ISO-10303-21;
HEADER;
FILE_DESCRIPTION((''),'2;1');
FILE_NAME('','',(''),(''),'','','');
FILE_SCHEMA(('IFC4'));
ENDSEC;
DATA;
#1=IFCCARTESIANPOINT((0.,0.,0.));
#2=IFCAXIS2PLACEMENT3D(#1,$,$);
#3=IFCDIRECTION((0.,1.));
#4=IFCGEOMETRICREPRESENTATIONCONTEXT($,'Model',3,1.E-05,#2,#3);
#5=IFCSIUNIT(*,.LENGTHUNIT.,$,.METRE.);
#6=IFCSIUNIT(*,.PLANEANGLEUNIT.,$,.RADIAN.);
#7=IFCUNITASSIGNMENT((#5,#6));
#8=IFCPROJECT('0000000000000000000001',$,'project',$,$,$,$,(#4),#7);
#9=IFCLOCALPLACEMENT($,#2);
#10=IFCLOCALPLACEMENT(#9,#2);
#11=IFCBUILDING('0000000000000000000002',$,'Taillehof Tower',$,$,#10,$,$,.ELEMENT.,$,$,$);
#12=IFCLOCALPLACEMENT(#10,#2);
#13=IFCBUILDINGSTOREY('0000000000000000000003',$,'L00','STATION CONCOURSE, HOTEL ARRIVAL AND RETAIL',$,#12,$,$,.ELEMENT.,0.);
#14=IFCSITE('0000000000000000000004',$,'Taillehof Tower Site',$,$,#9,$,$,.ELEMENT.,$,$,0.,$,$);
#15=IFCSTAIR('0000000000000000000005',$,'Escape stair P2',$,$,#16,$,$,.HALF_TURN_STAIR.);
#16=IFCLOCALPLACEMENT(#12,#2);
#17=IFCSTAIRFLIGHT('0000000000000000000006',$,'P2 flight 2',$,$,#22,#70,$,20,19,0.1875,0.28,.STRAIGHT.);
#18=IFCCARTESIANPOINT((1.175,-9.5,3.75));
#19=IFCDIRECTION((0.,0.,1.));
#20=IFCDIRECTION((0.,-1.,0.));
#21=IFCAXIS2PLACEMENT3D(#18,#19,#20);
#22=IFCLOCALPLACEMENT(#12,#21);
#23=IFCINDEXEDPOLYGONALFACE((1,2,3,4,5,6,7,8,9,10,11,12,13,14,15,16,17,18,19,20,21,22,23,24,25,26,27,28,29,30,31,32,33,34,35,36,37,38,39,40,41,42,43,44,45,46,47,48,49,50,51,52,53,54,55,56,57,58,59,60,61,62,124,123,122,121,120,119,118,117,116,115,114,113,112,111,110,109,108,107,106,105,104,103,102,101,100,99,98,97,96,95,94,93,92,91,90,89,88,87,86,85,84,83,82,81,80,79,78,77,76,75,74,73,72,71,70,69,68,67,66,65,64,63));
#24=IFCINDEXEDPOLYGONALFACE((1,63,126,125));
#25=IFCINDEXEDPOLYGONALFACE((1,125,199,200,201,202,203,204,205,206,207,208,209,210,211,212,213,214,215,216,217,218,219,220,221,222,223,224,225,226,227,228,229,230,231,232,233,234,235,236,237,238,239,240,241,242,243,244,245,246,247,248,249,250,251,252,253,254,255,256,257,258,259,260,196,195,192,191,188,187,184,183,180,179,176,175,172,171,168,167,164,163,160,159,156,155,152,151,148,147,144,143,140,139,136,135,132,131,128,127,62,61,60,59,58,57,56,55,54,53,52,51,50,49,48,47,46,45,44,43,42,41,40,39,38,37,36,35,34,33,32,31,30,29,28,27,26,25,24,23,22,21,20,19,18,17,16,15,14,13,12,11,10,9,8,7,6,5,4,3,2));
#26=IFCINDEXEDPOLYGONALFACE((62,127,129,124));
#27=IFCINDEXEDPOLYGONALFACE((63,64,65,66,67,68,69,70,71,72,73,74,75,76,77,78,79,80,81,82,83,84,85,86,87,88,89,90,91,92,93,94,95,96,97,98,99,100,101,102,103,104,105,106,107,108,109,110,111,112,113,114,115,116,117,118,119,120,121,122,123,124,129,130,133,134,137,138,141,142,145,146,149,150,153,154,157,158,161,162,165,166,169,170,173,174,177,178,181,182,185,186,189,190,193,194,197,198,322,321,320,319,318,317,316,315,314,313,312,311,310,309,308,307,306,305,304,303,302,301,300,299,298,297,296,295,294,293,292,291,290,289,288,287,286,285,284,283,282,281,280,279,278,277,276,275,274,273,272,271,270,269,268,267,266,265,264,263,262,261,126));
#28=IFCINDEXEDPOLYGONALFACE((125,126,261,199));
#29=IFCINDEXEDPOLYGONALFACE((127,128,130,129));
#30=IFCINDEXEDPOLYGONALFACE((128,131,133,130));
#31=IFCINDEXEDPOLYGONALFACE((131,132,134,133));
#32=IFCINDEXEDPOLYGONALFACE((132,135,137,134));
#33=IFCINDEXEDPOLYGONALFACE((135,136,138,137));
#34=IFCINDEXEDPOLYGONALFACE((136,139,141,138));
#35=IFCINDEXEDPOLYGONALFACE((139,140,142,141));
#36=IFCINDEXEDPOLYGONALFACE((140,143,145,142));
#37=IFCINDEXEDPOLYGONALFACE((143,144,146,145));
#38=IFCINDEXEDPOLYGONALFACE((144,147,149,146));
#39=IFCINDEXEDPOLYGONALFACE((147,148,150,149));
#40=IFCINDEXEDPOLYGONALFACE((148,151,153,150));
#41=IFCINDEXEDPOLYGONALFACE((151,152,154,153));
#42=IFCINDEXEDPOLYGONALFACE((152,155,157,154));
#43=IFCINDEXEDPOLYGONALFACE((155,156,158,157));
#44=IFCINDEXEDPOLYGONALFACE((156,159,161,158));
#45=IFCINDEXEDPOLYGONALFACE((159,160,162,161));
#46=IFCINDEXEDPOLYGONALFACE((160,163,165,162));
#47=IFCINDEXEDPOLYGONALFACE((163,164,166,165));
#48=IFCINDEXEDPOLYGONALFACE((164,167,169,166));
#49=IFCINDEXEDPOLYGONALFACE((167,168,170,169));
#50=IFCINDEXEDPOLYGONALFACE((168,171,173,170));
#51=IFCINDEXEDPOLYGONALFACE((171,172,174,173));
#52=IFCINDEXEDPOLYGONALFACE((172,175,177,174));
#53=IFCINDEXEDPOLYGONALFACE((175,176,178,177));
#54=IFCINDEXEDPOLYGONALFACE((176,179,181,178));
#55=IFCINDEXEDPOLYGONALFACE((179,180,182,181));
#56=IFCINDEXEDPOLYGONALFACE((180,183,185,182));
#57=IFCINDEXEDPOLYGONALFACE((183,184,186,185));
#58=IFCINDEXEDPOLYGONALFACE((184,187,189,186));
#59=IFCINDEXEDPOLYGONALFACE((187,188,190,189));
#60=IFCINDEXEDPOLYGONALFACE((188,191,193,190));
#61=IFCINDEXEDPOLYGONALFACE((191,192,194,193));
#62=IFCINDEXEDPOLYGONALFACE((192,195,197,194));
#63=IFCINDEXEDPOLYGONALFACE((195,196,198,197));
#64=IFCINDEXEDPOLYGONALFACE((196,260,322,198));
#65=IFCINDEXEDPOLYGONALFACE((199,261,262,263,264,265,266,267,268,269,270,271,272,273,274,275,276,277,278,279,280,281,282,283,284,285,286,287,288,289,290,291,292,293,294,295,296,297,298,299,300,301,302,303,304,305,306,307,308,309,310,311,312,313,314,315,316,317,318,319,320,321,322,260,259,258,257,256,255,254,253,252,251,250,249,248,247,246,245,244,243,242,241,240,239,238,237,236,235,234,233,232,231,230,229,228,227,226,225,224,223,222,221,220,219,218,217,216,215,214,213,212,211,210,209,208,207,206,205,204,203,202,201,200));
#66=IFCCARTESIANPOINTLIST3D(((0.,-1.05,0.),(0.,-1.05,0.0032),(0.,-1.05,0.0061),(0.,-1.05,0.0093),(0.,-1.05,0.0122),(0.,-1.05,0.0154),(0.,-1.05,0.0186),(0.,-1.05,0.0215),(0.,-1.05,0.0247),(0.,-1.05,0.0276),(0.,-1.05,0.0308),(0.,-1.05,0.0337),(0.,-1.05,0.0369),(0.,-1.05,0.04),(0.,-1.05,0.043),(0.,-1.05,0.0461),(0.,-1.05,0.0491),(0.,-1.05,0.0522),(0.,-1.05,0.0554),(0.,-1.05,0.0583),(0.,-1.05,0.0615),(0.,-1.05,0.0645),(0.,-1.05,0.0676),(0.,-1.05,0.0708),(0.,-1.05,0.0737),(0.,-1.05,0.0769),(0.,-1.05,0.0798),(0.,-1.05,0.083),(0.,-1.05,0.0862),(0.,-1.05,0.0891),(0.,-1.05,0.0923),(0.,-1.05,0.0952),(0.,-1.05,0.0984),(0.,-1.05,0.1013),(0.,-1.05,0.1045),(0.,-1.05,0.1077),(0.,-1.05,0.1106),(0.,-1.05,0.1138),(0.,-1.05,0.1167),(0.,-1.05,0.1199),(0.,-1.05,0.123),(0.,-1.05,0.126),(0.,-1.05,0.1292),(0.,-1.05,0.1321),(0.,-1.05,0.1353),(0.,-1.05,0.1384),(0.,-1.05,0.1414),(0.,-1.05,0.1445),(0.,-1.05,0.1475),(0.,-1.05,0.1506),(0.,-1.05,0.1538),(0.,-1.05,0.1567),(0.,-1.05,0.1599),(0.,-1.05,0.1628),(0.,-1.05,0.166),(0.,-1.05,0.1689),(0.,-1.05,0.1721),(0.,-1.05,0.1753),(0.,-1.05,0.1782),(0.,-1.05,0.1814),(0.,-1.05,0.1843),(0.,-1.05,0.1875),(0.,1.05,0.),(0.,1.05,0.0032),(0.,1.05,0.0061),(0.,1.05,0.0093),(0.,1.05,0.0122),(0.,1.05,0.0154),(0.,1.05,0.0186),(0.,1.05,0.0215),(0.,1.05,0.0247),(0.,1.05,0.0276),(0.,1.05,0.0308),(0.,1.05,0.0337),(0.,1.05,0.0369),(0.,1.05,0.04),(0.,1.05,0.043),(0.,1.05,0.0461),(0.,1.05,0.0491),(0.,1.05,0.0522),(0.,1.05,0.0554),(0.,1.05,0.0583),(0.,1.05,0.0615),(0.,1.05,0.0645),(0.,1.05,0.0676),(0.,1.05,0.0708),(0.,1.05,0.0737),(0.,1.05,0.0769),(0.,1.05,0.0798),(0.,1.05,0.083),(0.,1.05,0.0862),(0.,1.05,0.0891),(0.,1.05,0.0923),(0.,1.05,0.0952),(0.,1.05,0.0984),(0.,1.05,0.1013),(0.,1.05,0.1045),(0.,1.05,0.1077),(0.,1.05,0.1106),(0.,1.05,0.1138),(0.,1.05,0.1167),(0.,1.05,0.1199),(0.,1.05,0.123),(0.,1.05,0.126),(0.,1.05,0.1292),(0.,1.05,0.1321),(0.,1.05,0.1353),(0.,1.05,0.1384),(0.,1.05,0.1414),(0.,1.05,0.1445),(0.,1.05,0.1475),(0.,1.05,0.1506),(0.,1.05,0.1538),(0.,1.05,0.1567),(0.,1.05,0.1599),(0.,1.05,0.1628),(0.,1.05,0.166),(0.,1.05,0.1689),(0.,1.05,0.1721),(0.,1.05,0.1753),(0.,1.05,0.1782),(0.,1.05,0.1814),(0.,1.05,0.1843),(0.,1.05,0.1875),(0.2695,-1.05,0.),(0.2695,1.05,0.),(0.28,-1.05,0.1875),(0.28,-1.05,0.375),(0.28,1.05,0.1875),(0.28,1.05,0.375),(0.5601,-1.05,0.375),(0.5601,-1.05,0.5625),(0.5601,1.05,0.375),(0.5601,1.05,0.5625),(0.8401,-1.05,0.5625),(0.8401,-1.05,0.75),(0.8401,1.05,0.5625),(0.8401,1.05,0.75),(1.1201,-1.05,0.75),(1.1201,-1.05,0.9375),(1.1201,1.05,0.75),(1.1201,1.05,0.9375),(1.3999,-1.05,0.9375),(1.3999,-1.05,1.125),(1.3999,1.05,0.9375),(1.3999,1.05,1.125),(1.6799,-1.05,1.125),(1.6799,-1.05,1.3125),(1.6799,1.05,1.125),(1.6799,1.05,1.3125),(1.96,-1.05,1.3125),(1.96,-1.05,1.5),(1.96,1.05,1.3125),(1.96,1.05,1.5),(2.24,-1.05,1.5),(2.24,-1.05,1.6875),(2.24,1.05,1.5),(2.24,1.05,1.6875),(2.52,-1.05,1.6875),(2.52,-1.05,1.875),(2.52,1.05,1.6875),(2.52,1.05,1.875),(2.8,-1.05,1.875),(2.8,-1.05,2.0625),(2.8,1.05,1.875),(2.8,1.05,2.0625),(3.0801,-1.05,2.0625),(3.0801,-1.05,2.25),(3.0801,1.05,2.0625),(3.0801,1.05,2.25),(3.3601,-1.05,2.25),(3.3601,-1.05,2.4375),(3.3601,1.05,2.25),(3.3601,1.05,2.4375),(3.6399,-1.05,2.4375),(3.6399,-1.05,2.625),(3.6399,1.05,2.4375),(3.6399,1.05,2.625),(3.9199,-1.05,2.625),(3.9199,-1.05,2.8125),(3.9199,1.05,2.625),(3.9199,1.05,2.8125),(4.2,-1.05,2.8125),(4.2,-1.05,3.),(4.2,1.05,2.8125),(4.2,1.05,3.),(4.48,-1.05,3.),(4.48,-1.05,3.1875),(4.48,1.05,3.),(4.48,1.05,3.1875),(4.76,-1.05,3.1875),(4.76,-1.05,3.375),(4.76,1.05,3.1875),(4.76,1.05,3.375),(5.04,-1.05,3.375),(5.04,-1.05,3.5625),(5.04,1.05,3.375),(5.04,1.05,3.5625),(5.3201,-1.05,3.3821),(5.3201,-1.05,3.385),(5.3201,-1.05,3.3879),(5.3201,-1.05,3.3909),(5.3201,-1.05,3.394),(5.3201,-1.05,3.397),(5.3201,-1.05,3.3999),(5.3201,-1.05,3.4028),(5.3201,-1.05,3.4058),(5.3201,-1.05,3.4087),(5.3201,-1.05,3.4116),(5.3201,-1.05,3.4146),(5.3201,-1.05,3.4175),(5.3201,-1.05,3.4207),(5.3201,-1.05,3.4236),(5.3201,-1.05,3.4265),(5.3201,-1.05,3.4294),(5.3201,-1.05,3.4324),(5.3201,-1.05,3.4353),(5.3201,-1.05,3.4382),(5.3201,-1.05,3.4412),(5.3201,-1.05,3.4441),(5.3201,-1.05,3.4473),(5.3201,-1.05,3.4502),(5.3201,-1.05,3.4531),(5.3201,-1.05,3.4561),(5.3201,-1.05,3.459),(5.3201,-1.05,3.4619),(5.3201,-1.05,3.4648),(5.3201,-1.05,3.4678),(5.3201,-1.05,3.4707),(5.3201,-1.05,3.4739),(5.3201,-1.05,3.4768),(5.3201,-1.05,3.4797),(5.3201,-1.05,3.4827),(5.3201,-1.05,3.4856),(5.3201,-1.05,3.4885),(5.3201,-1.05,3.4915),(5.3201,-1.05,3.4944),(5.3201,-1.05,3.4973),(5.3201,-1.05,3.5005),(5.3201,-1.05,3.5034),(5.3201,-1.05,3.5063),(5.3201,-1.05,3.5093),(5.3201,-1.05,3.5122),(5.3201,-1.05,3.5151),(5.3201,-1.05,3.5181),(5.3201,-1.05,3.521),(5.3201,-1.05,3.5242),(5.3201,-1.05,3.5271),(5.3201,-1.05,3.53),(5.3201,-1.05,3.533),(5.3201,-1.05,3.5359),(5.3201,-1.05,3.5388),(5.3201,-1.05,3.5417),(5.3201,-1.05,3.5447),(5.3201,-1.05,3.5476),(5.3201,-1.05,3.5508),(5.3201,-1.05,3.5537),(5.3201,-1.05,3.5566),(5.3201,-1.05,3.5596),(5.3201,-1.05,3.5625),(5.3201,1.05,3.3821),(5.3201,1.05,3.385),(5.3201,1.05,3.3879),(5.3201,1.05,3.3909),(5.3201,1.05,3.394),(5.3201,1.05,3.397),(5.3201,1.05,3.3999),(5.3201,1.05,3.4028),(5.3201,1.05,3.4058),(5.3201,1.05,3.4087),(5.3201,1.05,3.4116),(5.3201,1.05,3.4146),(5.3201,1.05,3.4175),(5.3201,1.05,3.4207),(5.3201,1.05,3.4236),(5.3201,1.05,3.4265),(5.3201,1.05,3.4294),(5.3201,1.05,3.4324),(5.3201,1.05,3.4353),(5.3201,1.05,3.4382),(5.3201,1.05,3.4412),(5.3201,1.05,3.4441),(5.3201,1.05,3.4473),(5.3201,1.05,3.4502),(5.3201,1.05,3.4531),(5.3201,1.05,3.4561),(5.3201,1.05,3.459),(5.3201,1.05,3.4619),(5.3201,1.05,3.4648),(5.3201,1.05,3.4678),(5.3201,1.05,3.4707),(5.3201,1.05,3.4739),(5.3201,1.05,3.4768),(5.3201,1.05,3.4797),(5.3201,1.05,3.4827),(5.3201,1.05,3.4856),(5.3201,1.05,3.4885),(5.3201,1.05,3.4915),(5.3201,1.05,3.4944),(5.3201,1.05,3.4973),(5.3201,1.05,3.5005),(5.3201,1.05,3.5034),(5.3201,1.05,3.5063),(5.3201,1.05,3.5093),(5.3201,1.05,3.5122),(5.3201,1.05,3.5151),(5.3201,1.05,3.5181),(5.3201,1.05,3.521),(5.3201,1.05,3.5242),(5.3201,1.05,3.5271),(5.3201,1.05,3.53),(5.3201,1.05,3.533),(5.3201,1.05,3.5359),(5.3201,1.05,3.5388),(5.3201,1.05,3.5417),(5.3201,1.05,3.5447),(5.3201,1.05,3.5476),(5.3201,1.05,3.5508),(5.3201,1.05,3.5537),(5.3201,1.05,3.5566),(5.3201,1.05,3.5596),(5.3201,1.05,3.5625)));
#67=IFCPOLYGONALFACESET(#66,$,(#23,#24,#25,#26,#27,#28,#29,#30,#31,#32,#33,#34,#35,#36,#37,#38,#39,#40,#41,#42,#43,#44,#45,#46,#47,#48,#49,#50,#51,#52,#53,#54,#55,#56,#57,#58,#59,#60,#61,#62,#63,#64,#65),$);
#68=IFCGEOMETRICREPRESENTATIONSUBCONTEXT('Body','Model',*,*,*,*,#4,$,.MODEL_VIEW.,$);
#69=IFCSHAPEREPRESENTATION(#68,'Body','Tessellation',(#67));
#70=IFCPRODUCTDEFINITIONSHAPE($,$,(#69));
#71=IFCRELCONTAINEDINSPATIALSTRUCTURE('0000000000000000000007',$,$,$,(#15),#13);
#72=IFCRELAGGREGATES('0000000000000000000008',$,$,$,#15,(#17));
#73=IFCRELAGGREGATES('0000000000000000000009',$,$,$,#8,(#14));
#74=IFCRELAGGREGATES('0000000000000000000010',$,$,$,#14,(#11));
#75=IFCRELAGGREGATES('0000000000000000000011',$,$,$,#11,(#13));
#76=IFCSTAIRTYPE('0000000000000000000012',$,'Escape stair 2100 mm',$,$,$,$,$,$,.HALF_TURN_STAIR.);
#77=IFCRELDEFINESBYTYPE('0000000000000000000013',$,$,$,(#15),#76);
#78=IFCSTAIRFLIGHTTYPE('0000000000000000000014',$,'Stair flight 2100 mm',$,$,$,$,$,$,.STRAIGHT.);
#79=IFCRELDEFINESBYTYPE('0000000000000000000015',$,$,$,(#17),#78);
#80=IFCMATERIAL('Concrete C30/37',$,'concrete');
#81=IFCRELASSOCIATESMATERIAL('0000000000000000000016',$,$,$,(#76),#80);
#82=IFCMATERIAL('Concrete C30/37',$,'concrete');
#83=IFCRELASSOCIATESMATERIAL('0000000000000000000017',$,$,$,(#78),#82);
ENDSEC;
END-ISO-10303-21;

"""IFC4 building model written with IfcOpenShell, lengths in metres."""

from ifc_helpers import new_model, si_unit, direction, frame, origin, place, context, subcontext, project, spatial, polyline, outline, extrude, material, type_object, element, aggregate, save


model = new_model("IFC4")

# Units and contexts
model_context = context("Model", 3, precision=1e-05, world=origin(), true_north=direction((0.0, 1.0)))
body_context = subcontext(model_context, "Body", "Model", "MODEL_VIEW")
ifc_project = project(units=[si_unit("LENGTHUNIT", "METRE"), si_unit("PLANEANGLEUNIT", "RADIAN")], contexts=[model_context])

# Site, building, storey
site_placement = place(None, origin())
site = spatial("IfcSite", under=ifc_project, at=site_placement, Name="Taillehof Tower Site", CompositionType="ELEMENT", RefElevation=0.0)
building_placement = place(site_placement, origin())
building = spatial("IfcBuilding", under=site, at=building_placement, Name="Taillehof Tower", CompositionType="ELEMENT")
storey_placement = place(building_placement, origin())
storey = spatial("IfcBuildingStorey", under=building, at=storey_placement, Name="L00", Description="STATION CONCOURSE, HOTEL ARRIVAL AND RETAIL", CompositionType="ELEMENT", Elevation=0.0)

# Stair, stair flight
ifc_material_1 = material(Name="Concrete C30/37", Category="concrete")
stair_type = type_object("IfcStairType", Name="Escape stair 2100 mm", PredefinedType="HALF_TURN_STAIR", material=ifc_material_1)
stair_placement = place(storey_placement, origin())
stair = element("IfcStair", 1, at=stair_placement, inside=storey, type_object=stair_type, Name="Escape stair P2", PredefinedType="HALF_TURN_STAIR")
ifc_material_2 = material(Name="Concrete C30/37", Category="concrete")
stair_flight_type = type_object("IfcStairFlightType", Name="Stair flight 2100 mm", PredefinedType="STRAIGHT", material=ifc_material_2)
stair_flight_placement = place(storey_placement, frame((1.175, -9.5, 3.75), z_axis=(0.0, 0.0, 1.0), x_axis=(0.0, -1.0, 0.0)))
stair_flight = element("IfcStairFlight", 2, at=stair_flight_placement, type_object=stair_flight_type, Name="P2 flight 2", NumberOfRisers=20, NumberOfTreads=19, PredefinedType="STRAIGHT", RiserHeight=0.1875, TreadLength=0.28, context=body_context, shape_type="SweptSolid", body=[
    extrude(outline(polyline([(0.0, 0.0), (0.0, 0.0032), (0.0, 0.0061), (0.0, 0.0093), (0.0, 0.0122), (0.0, 0.0154), (0.0, 0.0186), (0.0, 0.0215), (0.0, 0.0247), (0.0, 0.0276), (0.0, 0.0308), (0.0, 0.0337), (0.0, 0.0369), (0.0, 0.04), (0.0, 0.043), (0.0, 0.0461), (0.0, 0.0491), (0.0, 0.0522), (0.0, 0.0554), (0.0, 0.0583), (0.0, 0.0615), (0.0, 0.0645), (0.0, 0.0676), (0.0, 0.0708), (0.0, 0.0737), (0.0, 0.0769), (0.0, 0.0798), (0.0, 0.083), (0.0, 0.0862), (0.0, 0.0891), (0.0, 0.0923), (0.0, 0.0952), (0.0, 0.0984), (0.0, 0.1013), (0.0, 0.1045), (0.0, 0.1077), (0.0, 0.1106), (0.0, 0.1138), (0.0, 0.1167), (0.0, 0.1199), (0.0, 0.123), (0.0, 0.126), (0.0, 0.1292), (0.0, 0.1321), (0.0, 0.1353), (0.0, 0.1384), (0.0, 0.1414), (0.0, 0.1445), (0.0, 0.1475), (0.0, 0.1506), (0.0, 0.1538), (0.0, 0.1567), (0.0, 0.1599), (0.0, 0.1628), (0.0, 0.166), (0.0, 0.1689), (0.0, 0.1721), (0.0, 0.1753), (0.0, 0.1782), (0.0, 0.1814), (0.0, 0.1843), (0.0, 0.1875), (0.28, 0.1875), (0.28, 0.375), (0.5601, 0.375), (0.5601, 0.5625), (0.8401, 0.5625), (0.8401, 0.75), (1.1201, 0.75), (1.1201, 0.9375), (1.3999, 0.9375), (1.3999, 1.125), (1.6799, 1.125), (1.6799, 1.3125), (1.96, 1.3125), (1.96, 1.5), (2.24, 1.5), (2.24, 1.6875), (2.52, 1.6875), (2.52, 1.875), (2.8, 1.875), (2.8, 2.0625), (3.0801, 2.0625), (3.0801, 2.25), (3.3601, 2.25), (3.3601, 2.4375), (3.6399, 2.4375), (3.6399, 2.625), (3.9199, 2.625), (3.9199, 2.8125), (4.2, 2.8125), (4.2, 3.0), (4.48, 3.0), (4.48, 3.1875), (4.76, 3.1875), (4.76, 3.375), (5.04, 3.375), (5.04, 3.5625), (5.3201, 3.5625), (5.3201, 3.5596), (5.3201, 3.5566), (5.3201, 3.5537), (5.3201, 3.5508), (5.3201, 3.5476), (5.3201, 3.5447), (5.3201, 3.5417), (5.3201, 3.5388), (5.3201, 3.5359), (5.3201, 3.533), (5.3201, 3.53), (5.3201, 3.5271), (5.3201, 3.5242), (5.3201, 3.521), (5.3201, 3.5181), (5.3201, 3.5151), (5.3201, 3.5122), (5.3201, 3.5093), (5.3201, 3.5063), (5.3201, 3.5034), (5.3201, 3.5005), (5.3201, 3.4973), (5.3201, 3.4944), (5.3201, 3.4915), (5.3201, 3.4885), (5.3201, 3.4856), (5.3201, 3.4827), (5.3201, 3.4797), (5.3201, 3.4768), (5.3201, 3.4739), (5.3201, 3.4707), (5.3201, 3.4678), (5.3201, 3.4648), (5.3201, 3.4619), (5.3201, 3.459), (5.3201, 3.4561), (5.3201, 3.4531), (5.3201, 3.4502), (5.3201, 3.4473), (5.3201, 3.4441), (5.3201, 3.4412), (5.3201, 3.4382), (5.3201, 3.4353), (5.3201, 3.4324), (5.3201, 3.4294), (5.3201, 3.4265), (5.3201, 3.4236), (5.3201, 3.4207), (5.3201, 3.4175), (5.3201, 3.4146), (5.3201, 3.4116), (5.3201, 3.4087), (5.3201, 3.4058), (5.3201, 3.4028), (5.3201, 3.3999), (5.3201, 3.397), (5.3201, 3.394), (5.3201, 3.3909), (5.3201, 3.3879), (5.3201, 3.385), (5.3201, 3.3821), (0.2695, 0.0), (0.0, 0.0)])), frame((0.0, 1.05, 0.0), z_axis=(0.0, -1.0, 0.0), x_axis=(1.0, 0.0, 0.0)), (0.0, 0.0, 1.0), 2.1),
])
aggregate(stair, [stair_flight])

save(model, "model.ifc")
